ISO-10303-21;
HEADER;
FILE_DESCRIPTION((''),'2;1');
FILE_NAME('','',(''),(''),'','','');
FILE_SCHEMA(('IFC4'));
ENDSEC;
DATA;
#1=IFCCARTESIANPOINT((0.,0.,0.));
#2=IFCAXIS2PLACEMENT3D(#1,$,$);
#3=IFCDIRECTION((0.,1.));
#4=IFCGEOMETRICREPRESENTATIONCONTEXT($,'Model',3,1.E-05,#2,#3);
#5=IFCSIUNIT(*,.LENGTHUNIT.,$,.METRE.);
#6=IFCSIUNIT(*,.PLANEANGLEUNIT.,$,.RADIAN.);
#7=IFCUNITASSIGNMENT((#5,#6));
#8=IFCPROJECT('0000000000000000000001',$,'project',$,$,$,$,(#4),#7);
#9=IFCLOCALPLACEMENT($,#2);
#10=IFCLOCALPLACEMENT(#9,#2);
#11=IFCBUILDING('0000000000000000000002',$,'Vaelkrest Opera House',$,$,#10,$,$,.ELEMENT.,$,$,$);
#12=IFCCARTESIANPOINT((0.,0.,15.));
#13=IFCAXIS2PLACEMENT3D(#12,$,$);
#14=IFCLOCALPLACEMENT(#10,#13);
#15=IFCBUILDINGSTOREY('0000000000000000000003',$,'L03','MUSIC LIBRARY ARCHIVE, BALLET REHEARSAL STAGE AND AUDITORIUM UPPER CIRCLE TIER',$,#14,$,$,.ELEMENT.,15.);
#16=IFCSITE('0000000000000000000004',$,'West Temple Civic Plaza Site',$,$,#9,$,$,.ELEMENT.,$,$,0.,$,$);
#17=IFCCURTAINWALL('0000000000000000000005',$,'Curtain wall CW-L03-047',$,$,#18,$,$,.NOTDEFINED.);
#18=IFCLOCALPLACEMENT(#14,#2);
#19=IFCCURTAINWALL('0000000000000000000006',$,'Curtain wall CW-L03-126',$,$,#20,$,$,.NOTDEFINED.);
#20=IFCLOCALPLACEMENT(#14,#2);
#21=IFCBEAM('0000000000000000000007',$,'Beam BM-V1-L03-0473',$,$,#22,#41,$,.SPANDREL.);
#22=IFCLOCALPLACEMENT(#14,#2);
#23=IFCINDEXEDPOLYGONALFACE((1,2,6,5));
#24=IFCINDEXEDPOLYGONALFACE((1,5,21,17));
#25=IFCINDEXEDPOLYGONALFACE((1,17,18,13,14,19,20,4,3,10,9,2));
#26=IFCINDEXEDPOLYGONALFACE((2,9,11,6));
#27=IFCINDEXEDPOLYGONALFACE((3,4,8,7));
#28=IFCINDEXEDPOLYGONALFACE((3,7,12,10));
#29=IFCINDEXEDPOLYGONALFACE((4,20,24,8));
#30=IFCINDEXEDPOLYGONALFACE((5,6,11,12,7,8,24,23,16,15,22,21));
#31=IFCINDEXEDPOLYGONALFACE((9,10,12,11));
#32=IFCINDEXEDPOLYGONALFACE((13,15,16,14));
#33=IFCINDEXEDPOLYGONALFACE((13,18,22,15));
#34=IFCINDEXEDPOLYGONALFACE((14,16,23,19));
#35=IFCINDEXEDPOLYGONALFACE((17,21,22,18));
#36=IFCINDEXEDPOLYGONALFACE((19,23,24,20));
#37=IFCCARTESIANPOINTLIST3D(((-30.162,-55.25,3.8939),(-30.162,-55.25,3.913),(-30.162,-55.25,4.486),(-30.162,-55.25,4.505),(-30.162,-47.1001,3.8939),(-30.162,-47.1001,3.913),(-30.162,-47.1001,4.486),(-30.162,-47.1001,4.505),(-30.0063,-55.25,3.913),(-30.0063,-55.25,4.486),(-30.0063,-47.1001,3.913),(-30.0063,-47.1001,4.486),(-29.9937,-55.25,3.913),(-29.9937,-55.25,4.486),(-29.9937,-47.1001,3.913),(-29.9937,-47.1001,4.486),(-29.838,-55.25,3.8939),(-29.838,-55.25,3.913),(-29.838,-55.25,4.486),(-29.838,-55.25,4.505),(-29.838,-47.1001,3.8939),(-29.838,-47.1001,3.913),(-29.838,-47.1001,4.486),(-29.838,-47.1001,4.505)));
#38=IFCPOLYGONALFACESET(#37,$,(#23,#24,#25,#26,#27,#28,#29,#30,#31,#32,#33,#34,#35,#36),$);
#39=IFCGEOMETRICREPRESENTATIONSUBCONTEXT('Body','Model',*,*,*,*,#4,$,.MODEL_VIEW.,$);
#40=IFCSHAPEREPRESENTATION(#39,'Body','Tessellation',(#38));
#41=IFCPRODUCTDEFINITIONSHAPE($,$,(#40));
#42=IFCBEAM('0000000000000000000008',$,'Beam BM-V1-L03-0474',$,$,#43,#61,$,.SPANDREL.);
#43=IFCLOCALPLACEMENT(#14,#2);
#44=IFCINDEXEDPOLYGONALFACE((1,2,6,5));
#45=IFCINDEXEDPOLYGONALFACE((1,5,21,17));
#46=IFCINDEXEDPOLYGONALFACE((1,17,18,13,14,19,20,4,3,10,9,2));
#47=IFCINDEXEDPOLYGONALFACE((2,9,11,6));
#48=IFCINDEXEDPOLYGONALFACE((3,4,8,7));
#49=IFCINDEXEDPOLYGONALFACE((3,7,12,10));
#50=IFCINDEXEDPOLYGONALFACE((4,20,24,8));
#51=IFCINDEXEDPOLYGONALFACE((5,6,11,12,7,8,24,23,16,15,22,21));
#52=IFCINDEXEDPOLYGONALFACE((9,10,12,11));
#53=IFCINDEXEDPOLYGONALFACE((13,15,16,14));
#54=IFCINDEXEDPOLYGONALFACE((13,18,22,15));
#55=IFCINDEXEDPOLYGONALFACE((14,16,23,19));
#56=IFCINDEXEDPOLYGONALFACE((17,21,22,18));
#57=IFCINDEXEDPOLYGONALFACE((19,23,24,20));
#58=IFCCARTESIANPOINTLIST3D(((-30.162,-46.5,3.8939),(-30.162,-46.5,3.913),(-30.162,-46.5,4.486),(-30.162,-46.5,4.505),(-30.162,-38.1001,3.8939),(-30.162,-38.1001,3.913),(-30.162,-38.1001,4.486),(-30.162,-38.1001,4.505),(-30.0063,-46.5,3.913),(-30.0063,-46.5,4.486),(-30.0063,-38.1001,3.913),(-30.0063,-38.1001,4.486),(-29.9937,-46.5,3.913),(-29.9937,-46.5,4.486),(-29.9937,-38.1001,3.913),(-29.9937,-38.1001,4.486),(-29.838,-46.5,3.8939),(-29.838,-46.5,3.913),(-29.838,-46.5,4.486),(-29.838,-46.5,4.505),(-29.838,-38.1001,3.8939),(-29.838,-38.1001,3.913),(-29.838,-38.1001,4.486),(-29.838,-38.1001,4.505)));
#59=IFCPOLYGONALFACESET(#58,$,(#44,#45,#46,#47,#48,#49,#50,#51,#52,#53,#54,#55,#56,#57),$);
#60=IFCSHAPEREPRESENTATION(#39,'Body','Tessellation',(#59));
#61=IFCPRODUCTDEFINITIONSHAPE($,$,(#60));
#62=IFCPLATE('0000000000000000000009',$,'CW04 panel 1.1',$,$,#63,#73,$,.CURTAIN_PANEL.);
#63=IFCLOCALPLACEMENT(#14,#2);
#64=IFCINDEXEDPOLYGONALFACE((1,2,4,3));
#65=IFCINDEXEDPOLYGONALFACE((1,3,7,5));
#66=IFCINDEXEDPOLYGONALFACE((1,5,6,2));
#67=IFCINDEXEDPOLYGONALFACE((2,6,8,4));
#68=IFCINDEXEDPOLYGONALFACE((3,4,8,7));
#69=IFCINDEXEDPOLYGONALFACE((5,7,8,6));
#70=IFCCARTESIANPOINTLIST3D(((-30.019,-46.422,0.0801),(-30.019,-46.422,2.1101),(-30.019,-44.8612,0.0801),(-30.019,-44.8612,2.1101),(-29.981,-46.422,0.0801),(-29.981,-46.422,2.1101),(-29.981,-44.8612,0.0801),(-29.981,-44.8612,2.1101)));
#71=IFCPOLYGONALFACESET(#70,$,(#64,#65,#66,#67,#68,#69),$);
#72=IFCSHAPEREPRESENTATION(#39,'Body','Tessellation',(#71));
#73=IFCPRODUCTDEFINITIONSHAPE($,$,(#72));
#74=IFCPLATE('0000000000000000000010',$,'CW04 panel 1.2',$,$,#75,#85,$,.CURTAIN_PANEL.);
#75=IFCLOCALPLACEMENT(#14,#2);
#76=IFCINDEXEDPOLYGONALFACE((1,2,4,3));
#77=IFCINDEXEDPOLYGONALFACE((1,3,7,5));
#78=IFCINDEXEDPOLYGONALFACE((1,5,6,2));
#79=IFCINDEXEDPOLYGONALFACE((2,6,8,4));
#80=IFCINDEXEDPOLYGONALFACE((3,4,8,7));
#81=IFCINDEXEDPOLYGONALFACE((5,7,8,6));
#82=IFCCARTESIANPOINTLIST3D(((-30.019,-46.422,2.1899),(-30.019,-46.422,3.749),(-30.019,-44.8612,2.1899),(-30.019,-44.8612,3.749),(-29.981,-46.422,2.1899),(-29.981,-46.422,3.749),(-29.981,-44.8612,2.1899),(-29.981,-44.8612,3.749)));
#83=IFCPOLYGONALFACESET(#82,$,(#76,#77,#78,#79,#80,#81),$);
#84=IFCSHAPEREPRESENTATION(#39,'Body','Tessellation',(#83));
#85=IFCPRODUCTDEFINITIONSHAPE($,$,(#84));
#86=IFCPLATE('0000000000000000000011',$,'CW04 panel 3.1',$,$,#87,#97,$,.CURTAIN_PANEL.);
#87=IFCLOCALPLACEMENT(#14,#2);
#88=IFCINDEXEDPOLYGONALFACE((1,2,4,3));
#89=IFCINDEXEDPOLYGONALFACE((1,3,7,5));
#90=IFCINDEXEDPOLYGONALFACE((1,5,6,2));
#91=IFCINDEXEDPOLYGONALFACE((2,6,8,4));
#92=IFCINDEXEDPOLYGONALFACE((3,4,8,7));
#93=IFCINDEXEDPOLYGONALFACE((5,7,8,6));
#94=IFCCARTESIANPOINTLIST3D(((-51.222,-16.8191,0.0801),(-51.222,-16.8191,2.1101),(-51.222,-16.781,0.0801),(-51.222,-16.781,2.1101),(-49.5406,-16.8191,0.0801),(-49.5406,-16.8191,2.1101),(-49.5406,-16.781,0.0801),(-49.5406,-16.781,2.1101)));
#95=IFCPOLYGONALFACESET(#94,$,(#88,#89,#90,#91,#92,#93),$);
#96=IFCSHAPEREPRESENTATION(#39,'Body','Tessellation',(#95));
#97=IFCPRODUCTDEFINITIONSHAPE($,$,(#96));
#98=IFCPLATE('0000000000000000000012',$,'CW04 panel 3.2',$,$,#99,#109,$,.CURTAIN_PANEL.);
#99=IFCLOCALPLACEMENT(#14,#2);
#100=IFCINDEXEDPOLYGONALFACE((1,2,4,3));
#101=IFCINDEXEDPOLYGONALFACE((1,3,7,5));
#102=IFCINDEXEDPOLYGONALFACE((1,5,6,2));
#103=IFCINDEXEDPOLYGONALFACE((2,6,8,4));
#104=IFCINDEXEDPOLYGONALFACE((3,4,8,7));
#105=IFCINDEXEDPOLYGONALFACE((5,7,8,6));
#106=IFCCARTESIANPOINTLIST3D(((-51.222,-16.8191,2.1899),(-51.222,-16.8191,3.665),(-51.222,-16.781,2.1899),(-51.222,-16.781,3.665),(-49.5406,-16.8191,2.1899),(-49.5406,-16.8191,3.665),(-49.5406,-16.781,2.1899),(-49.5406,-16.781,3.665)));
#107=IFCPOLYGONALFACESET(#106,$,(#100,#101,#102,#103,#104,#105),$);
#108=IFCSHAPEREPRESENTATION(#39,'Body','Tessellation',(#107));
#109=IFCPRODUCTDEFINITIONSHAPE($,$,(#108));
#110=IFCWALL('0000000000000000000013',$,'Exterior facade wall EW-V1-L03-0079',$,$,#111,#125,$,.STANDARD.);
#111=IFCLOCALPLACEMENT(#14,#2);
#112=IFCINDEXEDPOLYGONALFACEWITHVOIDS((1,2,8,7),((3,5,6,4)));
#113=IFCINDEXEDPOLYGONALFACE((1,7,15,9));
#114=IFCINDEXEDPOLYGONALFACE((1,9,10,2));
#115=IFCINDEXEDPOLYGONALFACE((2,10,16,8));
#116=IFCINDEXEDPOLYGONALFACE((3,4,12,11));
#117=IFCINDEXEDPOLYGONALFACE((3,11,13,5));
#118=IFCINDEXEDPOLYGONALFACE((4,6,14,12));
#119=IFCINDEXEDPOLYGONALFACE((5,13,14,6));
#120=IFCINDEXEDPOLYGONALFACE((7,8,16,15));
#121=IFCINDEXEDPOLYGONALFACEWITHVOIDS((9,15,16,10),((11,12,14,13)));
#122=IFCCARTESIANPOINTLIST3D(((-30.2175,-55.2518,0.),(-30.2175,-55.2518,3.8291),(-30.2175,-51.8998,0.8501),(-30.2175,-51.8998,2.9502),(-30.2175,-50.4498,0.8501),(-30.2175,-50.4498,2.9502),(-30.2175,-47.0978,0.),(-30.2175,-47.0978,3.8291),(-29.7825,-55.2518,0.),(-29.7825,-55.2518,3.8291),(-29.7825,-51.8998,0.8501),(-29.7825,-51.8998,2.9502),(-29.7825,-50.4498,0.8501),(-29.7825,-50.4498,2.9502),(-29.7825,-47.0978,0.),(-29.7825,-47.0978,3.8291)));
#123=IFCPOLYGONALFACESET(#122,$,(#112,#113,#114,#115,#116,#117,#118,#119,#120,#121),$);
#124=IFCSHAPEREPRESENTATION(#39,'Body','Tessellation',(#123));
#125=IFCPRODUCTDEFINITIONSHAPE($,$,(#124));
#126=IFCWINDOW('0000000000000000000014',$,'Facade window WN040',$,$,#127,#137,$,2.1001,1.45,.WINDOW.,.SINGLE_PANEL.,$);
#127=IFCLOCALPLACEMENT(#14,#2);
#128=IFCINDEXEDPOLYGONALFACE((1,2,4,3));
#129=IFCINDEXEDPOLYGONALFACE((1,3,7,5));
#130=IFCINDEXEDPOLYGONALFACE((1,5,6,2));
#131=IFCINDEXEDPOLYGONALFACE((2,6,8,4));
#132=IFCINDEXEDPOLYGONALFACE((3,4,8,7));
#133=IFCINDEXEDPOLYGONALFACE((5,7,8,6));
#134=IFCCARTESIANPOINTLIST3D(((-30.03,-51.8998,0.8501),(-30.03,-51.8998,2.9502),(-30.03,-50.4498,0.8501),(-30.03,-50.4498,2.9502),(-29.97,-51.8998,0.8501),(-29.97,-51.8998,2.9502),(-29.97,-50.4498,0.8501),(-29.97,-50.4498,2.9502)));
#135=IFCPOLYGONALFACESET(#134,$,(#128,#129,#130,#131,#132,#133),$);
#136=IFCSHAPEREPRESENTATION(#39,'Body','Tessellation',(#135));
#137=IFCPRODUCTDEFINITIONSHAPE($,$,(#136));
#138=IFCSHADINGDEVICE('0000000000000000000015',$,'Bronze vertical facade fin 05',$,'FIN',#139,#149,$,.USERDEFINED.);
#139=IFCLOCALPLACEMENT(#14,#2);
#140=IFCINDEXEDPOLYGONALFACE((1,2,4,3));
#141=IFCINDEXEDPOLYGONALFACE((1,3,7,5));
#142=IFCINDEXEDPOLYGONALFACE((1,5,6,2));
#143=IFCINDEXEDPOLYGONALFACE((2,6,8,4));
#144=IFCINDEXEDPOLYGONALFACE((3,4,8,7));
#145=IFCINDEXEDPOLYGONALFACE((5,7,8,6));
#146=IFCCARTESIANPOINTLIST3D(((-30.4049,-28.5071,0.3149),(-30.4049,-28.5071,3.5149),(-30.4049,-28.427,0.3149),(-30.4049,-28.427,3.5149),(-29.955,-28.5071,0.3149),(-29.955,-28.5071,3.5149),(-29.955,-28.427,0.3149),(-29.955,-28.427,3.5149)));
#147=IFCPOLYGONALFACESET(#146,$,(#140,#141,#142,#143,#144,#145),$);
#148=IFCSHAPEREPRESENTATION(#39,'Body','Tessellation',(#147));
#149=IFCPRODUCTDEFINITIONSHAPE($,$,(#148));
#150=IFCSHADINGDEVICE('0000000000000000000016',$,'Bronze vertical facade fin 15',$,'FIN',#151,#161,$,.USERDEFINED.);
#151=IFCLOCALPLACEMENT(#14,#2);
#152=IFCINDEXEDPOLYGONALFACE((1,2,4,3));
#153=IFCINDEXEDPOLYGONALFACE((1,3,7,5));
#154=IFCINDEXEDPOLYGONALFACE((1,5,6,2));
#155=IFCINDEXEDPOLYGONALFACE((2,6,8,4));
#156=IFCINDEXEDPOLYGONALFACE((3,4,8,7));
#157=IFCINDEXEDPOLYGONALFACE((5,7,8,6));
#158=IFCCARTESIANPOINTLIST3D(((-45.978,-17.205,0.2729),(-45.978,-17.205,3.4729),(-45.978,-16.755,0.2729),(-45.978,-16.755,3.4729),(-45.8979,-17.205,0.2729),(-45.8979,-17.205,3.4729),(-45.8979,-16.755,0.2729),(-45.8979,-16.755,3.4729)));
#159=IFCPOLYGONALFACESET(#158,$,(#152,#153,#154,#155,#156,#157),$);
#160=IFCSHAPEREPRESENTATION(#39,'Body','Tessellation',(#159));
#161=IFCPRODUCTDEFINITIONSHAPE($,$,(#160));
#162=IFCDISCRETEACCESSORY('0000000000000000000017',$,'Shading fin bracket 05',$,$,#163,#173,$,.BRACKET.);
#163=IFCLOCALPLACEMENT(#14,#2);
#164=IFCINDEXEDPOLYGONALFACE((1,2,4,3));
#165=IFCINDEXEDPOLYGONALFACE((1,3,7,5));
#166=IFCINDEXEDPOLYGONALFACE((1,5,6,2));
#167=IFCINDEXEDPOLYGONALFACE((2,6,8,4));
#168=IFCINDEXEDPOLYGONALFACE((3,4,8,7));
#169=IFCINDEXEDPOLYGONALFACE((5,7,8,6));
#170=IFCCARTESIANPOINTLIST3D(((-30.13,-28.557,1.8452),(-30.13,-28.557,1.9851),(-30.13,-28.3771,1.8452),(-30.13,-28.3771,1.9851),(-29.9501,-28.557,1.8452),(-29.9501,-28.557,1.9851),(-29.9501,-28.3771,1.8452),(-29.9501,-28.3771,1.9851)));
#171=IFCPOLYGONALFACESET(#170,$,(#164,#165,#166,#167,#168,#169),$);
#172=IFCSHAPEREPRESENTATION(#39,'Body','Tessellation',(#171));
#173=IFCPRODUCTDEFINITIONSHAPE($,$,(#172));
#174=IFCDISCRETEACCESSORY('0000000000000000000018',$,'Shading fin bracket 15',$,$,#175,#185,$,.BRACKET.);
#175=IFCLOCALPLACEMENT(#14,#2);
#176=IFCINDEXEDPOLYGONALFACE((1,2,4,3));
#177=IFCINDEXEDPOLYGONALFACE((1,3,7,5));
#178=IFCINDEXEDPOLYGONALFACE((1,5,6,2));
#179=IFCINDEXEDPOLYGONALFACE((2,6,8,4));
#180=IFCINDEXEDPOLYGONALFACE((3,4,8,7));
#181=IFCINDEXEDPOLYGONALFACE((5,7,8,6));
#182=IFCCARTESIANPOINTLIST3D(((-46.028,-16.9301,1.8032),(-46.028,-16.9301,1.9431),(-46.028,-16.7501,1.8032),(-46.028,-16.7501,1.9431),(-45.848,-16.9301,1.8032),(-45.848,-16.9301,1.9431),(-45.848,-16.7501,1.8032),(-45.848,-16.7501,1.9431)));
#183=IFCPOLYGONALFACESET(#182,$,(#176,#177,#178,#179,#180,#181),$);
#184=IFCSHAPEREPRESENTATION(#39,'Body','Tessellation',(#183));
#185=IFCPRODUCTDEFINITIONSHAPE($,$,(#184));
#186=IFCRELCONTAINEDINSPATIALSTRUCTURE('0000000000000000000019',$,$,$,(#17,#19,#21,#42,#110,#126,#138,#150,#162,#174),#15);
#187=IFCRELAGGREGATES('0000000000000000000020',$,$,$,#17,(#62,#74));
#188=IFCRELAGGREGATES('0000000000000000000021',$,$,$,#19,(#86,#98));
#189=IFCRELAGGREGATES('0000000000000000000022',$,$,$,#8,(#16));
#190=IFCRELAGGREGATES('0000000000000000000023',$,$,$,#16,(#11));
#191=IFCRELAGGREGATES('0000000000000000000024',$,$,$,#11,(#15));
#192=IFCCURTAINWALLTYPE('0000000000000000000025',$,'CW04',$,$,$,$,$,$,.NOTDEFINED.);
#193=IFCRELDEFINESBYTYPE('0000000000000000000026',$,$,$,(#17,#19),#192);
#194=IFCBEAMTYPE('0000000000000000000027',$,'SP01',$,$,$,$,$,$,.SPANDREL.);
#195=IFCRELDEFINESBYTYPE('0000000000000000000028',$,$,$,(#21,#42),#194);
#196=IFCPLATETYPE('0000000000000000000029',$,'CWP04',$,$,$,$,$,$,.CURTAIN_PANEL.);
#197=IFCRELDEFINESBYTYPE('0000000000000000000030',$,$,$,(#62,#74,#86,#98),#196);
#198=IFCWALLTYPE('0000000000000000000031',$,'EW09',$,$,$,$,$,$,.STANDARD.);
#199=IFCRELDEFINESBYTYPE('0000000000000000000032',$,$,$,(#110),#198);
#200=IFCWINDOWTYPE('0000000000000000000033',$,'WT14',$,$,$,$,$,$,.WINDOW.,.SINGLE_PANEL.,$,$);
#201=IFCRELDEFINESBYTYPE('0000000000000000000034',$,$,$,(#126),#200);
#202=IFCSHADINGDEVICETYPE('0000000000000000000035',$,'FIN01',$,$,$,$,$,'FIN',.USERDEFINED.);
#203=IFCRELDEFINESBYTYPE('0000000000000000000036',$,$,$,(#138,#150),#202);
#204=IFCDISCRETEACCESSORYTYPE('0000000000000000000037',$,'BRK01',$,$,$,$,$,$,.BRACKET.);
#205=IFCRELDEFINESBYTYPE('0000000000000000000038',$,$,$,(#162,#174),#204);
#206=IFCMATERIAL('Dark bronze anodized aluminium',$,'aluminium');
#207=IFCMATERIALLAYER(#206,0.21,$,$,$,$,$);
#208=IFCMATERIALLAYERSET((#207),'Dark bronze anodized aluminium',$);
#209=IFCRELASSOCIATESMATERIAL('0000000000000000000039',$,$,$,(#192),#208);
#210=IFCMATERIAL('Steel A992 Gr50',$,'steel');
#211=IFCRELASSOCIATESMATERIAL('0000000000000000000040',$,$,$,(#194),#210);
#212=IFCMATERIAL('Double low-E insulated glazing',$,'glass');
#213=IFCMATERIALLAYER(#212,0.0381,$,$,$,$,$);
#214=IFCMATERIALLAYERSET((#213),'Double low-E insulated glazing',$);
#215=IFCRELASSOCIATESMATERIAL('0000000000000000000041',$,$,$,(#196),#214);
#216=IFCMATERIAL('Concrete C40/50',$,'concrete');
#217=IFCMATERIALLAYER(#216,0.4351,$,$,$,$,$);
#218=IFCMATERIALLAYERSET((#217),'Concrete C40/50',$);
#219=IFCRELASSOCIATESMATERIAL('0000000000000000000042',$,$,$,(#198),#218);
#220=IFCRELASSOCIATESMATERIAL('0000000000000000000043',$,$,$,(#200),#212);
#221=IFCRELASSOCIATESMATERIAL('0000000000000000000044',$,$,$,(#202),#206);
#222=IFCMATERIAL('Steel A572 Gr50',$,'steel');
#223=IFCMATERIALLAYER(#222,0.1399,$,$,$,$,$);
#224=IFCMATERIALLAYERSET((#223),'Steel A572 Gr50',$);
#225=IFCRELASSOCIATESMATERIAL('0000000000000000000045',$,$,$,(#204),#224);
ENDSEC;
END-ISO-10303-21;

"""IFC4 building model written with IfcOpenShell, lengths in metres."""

from ifc_helpers import new_model, si_unit, direction, frame, frame_2d, origin, origin_2d, place, context, subcontext, project, spatial, rectangle, i_section, extrude, material, layer, layer_set, material_profile, profile_set, type_object, element, fill, aggregate, save


model = new_model("IFC4")

# Units and contexts
model_context = context("Model", 3, precision=1e-05, world=origin(), true_north=direction((0.0, 1.0)))
body_context = subcontext(model_context, "Body", "Model", "MODEL_VIEW")
ifc_project = project(units=[si_unit("LENGTHUNIT", "METRE"), si_unit("PLANEANGLEUNIT", "RADIAN")], contexts=[model_context])

# Site, building, storey
site_placement = place(None, origin())
site = spatial("IfcSite", under=ifc_project, at=site_placement, Name="West Temple Civic Plaza Site", CompositionType="ELEMENT", RefElevation=0.0)
building_placement = place(site_placement, origin())
building = spatial("IfcBuilding", under=site, at=building_placement, Name="Vaelkrest Opera House", CompositionType="ELEMENT")
storey_placement = place(building_placement, frame((0.0, 0.0, 15.0)))
storey = spatial("IfcBuildingStorey", under=building, at=storey_placement, Name="L03", Description="MUSIC LIBRARY ARCHIVE, BALLET REHEARSAL STAGE AND AUDITORIUM UPPER CIRCLE TIER", CompositionType="ELEMENT", Elevation=15.0)

# Curtain wall
ifc_material_1 = material(Name="Dark bronze anodized aluminium", Category="aluminium")
ifc_layer_1 = layer(ifc_material_1, 0.21)
ifc_layer_set_1 = layer_set([ifc_layer_1], Name="Dark bronze anodized aluminium")
curtain_wall_type = type_object("IfcCurtainWallType", Name="CW04", PredefinedType="NOTDEFINED", material=ifc_layer_set_1)
curtain_wall_1_placement = place(storey_placement, origin())
curtain_wall_1 = element("IfcCurtainWall", 1, at=curtain_wall_1_placement, inside=storey, type_object=curtain_wall_type, Name="Curtain wall CW-L03-047", PredefinedType="NOTDEFINED")

# Curtain wall
curtain_wall_2_placement = place(storey_placement, origin())
curtain_wall_2 = element("IfcCurtainWall", 2, at=curtain_wall_2_placement, inside=storey, type_object=curtain_wall_type, Name="Curtain wall CW-L03-126", PredefinedType="NOTDEFINED")

# Beams
ifc_material_2 = material(Name="Steel A992 Gr50", Category="steel")
ifc_material_profile_1 = material_profile(ifc_material_2, i_section(OverallWidth=0.324, OverallDepth=0.6111, WebThickness=0.0127, FlangeThickness=0.019, at=origin_2d()), Name="W24X104")
ifc_profile_set_1 = profile_set([ifc_material_profile_1], Name="Steel A992 Gr50")
beam_type = type_object("IfcBeamType", Name="SP01", PredefinedType="SPANDREL", material=ifc_profile_set_1)
beam_1_placement = place(storey_placement, frame((-30.0, -55.25, 4.1995), z_axis=(0.0, 1.0, 0.0), x_axis=(-1.0, 0.0, 0.0)))
element("IfcBeam", 3, at=beam_1_placement, inside=storey, type_object=beam_type, Name="Beam BM-V1-L03-0473", PredefinedType="SPANDREL", context=body_context, shape_type="SweptSolid", body=[
    extrude(i_section(OverallWidth=0.324, OverallDepth=0.6111, WebThickness=0.0127, FlangeThickness=0.019, at=origin_2d()), origin(), (0.0, 0.0, 1.0), 8.1499),
])
beam_2_placement = place(storey_placement, frame((-30.0, -46.5, 4.1995), z_axis=(0.0, 1.0, 0.0), x_axis=(-1.0, 0.0, 0.0)))
element("IfcBeam", 4, at=beam_2_placement, inside=storey, type_object=beam_type, Name="Beam BM-V1-L03-0474", PredefinedType="SPANDREL", context=body_context, shape_type="SweptSolid", body=[
    extrude(i_section(OverallWidth=0.324, OverallDepth=0.6111, WebThickness=0.0127, FlangeThickness=0.019, at=origin_2d()), origin(), (0.0, 0.0, 1.0), 8.3999),
])

# Plates
ifc_material_3 = material(Name="Double low-E insulated glazing", Category="glass")
ifc_layer_2 = layer(ifc_material_3, 0.0381)
ifc_layer_set_2 = layer_set([ifc_layer_2], Name="Double low-E insulated glazing")
plate_type = type_object("IfcPlateType", Name="CWP04", PredefinedType="CURTAIN_PANEL", material=ifc_layer_set_2)
plate_1_placement = place(storey_placement, frame((-30.0, -45.6416, 0.0801), z_axis=(0.0, 0.0, 1.0), x_axis=(0.0, 1.0, 0.0)))
plate_1 = element("IfcPlate", 5, at=plate_1_placement, type_object=plate_type, Name="CW04 panel 1.1", PredefinedType="CURTAIN_PANEL", context=body_context, shape_type="SweptSolid", body=[
    extrude(rectangle(XDim=1.5608, YDim=0.0381, at=origin_2d()), origin(), (0.0, 0.0, 1.0), 2.03),
])
plate_2_placement = place(storey_placement, frame((-30.0, -45.6416, 2.1899), z_axis=(0.0, 0.0, 1.0), x_axis=(0.0, 1.0, 0.0)))
plate_2 = element("IfcPlate", 6, at=plate_2_placement, type_object=plate_type, Name="CW04 panel 1.2", PredefinedType="CURTAIN_PANEL", context=body_context, shape_type="SweptSolid", body=[
    extrude(rectangle(XDim=1.5608, YDim=0.0381, at=origin_2d()), origin(), (0.0, 0.0, 1.0), 1.5591),
])
aggregate(curtain_wall_1, [plate_1, plate_2])
plate_3_placement = place(storey_placement, frame((-50.3813, -16.8, 0.0801), z_axis=(0.0, 0.0, 1.0), x_axis=(-1.0, 0.0, 0.0)))
plate_3 = element("IfcPlate", 7, at=plate_3_placement, type_object=plate_type, Name="CW04 panel 3.1", PredefinedType="CURTAIN_PANEL", context=body_context, shape_type="SweptSolid", body=[
    extrude(rectangle(XDim=1.6814, YDim=0.0381, at=origin_2d()), origin(), (0.0, 0.0, 1.0), 2.03),
])
plate_4_placement = place(storey_placement, frame((-50.3813, -16.8, 2.1899), z_axis=(0.0, 0.0, 1.0), x_axis=(-1.0, 0.0, 0.0)))
plate_4 = element("IfcPlate", 8, at=plate_4_placement, type_object=plate_type, Name="CW04 panel 3.2", PredefinedType="CURTAIN_PANEL", context=body_context, shape_type="SweptSolid", body=[
    extrude(rectangle(XDim=1.6814, YDim=0.0381, at=origin_2d()), origin(), (0.0, 0.0, 1.0), 1.4751),
])
aggregate(curtain_wall_2, [plate_3, plate_4])

# Wall, opening, window
ifc_material_4 = material(Name="Concrete C40/50", Category="concrete")
ifc_layer_3 = layer(ifc_material_4, 0.4351)
ifc_layer_set_3 = layer_set([ifc_layer_3], Name="Concrete C40/50")
wall_type = type_object("IfcWallType", Name="EW09", PredefinedType="STANDARD", material=ifc_layer_set_3)
wall_placement = place(storey_placement, frame((-30.0, -55.252, 0.0), z_axis=(0.0, 0.0, 1.0), x_axis=(0.0, 1.0, 0.0)))
wall = element("IfcWall", 9, at=wall_placement, inside=storey, type_object=wall_type, Name="Exterior facade wall EW-V1-L03-0079", PredefinedType="STANDARD", context=body_context, shape_type="SweptSolid", body=[
    extrude(rectangle(XDim=8.1541, YDim=0.4351, at=frame_2d((4.0771, 0.0))), origin(), (0.0, 0.0, 1.0), 3.8291),
])
opening_placement = place(wall_placement, frame((3.3521, 0.0, 0.8501)))
opening = element("IfcOpeningElement", 10, at=opening_placement, cuts=wall, PredefinedType="OPENING", context=body_context, shape_type="SweptSolid", body=[
    extrude(rectangle(XDim=1.45, YDim=2.1001, at=frame_2d((0.7251, 1.05))), frame((0.0, 0.2275, 0.0), z_axis=(0.0, -1.0, 0.0), x_axis=(1.0, 0.0, 0.0)), (0.0, 0.0, 1.0), 0.4551),
])
window_type = type_object("IfcWindowType", Name="WT14", PartitioningType="SINGLE_PANEL", PredefinedType="WINDOW", material=ifc_material_3)
window_placement = place(opening_placement, origin())
window = element("IfcWindow", 11, at=window_placement, inside=storey, type_object=window_type, Name="Facade window WN040", OverallHeight=2.1001, OverallWidth=1.45, PartitioningType="SINGLE_PANEL", PredefinedType="WINDOW", context=body_context, shape_type="SweptSolid", body=[
    extrude(rectangle(XDim=1.45, YDim=2.1001, at=frame_2d((0.7251, 1.05))), frame((0.0, 0.03, 0.0), z_axis=(0.0, -1.0, 0.0), x_axis=(1.0, 0.0, 0.0)), (0.0, 0.0, 1.0), 0.0601),
])
fill(opening, window)

# Shading devices
shading_device_type = type_object("IfcShadingDeviceType", Name="FIN01", ElementType="FIN", PredefinedType="USERDEFINED", material=ifc_material_1)
for number, where, z_axis, x_axis, name in (
    (12, (-30.1799, -28.467, 0.3149), (0.0, 0.0, 1.0), (-1.0, 0.0, 0.0), "Bronze vertical facade fin 05"),
    (13, (-45.938, -16.98, 0.2729), (0.0, 0.0, 1.0), (0.0, -1.0, 0.0), "Bronze vertical facade fin 15"),
):
    element("IfcShadingDevice", number, at=place(storey_placement, frame(where, z_axis=z_axis, x_axis=x_axis)), inside=storey, type_object=shading_device_type, Name=name, ObjectType="FIN", PredefinedType="USERDEFINED", context=body_context, shape_type="SweptSolid", body=[
        extrude(rectangle(XDim=0.45, YDim=0.0801, at=origin_2d()), origin(), (0.0, 0.0, 1.0), 3.2),
    ])

# Discrete accessories
ifc_material_5 = material(Name="Steel A572 Gr50", Category="steel")
ifc_layer_4 = layer(ifc_material_5, 0.1399)
ifc_layer_set_4 = layer_set([ifc_layer_4], Name="Steel A572 Gr50")
discrete_accessory_type = type_object("IfcDiscreteAccessoryType", Name="BRK01", PredefinedType="BRACKET", material=ifc_layer_set_4)
for number, where, z_axis, x_axis, name in (
    (14, (-30.04, -28.467, 1.8452), (0.0, 0.0, 1.0), (-1.0, 0.0, 0.0), "Shading fin bracket 05"),
    (15, (-45.938, -16.8401, 1.8032), (0.0, 0.0, 1.0), (0.0, -1.0, 0.0), "Shading fin bracket 15"),
):
    element("IfcDiscreteAccessory", number, at=place(storey_placement, frame(where, z_axis=z_axis, x_axis=x_axis)), inside=storey, type_object=discrete_accessory_type, Name=name, PredefinedType="BRACKET", context=body_context, shape_type="SweptSolid", body=[
        extrude(rectangle(XDim=0.1799, YDim=0.1799, at=origin_2d()), origin(), (0.0, 0.0, 1.0), 0.1399),
    ])

save(model, "model.ifc")
